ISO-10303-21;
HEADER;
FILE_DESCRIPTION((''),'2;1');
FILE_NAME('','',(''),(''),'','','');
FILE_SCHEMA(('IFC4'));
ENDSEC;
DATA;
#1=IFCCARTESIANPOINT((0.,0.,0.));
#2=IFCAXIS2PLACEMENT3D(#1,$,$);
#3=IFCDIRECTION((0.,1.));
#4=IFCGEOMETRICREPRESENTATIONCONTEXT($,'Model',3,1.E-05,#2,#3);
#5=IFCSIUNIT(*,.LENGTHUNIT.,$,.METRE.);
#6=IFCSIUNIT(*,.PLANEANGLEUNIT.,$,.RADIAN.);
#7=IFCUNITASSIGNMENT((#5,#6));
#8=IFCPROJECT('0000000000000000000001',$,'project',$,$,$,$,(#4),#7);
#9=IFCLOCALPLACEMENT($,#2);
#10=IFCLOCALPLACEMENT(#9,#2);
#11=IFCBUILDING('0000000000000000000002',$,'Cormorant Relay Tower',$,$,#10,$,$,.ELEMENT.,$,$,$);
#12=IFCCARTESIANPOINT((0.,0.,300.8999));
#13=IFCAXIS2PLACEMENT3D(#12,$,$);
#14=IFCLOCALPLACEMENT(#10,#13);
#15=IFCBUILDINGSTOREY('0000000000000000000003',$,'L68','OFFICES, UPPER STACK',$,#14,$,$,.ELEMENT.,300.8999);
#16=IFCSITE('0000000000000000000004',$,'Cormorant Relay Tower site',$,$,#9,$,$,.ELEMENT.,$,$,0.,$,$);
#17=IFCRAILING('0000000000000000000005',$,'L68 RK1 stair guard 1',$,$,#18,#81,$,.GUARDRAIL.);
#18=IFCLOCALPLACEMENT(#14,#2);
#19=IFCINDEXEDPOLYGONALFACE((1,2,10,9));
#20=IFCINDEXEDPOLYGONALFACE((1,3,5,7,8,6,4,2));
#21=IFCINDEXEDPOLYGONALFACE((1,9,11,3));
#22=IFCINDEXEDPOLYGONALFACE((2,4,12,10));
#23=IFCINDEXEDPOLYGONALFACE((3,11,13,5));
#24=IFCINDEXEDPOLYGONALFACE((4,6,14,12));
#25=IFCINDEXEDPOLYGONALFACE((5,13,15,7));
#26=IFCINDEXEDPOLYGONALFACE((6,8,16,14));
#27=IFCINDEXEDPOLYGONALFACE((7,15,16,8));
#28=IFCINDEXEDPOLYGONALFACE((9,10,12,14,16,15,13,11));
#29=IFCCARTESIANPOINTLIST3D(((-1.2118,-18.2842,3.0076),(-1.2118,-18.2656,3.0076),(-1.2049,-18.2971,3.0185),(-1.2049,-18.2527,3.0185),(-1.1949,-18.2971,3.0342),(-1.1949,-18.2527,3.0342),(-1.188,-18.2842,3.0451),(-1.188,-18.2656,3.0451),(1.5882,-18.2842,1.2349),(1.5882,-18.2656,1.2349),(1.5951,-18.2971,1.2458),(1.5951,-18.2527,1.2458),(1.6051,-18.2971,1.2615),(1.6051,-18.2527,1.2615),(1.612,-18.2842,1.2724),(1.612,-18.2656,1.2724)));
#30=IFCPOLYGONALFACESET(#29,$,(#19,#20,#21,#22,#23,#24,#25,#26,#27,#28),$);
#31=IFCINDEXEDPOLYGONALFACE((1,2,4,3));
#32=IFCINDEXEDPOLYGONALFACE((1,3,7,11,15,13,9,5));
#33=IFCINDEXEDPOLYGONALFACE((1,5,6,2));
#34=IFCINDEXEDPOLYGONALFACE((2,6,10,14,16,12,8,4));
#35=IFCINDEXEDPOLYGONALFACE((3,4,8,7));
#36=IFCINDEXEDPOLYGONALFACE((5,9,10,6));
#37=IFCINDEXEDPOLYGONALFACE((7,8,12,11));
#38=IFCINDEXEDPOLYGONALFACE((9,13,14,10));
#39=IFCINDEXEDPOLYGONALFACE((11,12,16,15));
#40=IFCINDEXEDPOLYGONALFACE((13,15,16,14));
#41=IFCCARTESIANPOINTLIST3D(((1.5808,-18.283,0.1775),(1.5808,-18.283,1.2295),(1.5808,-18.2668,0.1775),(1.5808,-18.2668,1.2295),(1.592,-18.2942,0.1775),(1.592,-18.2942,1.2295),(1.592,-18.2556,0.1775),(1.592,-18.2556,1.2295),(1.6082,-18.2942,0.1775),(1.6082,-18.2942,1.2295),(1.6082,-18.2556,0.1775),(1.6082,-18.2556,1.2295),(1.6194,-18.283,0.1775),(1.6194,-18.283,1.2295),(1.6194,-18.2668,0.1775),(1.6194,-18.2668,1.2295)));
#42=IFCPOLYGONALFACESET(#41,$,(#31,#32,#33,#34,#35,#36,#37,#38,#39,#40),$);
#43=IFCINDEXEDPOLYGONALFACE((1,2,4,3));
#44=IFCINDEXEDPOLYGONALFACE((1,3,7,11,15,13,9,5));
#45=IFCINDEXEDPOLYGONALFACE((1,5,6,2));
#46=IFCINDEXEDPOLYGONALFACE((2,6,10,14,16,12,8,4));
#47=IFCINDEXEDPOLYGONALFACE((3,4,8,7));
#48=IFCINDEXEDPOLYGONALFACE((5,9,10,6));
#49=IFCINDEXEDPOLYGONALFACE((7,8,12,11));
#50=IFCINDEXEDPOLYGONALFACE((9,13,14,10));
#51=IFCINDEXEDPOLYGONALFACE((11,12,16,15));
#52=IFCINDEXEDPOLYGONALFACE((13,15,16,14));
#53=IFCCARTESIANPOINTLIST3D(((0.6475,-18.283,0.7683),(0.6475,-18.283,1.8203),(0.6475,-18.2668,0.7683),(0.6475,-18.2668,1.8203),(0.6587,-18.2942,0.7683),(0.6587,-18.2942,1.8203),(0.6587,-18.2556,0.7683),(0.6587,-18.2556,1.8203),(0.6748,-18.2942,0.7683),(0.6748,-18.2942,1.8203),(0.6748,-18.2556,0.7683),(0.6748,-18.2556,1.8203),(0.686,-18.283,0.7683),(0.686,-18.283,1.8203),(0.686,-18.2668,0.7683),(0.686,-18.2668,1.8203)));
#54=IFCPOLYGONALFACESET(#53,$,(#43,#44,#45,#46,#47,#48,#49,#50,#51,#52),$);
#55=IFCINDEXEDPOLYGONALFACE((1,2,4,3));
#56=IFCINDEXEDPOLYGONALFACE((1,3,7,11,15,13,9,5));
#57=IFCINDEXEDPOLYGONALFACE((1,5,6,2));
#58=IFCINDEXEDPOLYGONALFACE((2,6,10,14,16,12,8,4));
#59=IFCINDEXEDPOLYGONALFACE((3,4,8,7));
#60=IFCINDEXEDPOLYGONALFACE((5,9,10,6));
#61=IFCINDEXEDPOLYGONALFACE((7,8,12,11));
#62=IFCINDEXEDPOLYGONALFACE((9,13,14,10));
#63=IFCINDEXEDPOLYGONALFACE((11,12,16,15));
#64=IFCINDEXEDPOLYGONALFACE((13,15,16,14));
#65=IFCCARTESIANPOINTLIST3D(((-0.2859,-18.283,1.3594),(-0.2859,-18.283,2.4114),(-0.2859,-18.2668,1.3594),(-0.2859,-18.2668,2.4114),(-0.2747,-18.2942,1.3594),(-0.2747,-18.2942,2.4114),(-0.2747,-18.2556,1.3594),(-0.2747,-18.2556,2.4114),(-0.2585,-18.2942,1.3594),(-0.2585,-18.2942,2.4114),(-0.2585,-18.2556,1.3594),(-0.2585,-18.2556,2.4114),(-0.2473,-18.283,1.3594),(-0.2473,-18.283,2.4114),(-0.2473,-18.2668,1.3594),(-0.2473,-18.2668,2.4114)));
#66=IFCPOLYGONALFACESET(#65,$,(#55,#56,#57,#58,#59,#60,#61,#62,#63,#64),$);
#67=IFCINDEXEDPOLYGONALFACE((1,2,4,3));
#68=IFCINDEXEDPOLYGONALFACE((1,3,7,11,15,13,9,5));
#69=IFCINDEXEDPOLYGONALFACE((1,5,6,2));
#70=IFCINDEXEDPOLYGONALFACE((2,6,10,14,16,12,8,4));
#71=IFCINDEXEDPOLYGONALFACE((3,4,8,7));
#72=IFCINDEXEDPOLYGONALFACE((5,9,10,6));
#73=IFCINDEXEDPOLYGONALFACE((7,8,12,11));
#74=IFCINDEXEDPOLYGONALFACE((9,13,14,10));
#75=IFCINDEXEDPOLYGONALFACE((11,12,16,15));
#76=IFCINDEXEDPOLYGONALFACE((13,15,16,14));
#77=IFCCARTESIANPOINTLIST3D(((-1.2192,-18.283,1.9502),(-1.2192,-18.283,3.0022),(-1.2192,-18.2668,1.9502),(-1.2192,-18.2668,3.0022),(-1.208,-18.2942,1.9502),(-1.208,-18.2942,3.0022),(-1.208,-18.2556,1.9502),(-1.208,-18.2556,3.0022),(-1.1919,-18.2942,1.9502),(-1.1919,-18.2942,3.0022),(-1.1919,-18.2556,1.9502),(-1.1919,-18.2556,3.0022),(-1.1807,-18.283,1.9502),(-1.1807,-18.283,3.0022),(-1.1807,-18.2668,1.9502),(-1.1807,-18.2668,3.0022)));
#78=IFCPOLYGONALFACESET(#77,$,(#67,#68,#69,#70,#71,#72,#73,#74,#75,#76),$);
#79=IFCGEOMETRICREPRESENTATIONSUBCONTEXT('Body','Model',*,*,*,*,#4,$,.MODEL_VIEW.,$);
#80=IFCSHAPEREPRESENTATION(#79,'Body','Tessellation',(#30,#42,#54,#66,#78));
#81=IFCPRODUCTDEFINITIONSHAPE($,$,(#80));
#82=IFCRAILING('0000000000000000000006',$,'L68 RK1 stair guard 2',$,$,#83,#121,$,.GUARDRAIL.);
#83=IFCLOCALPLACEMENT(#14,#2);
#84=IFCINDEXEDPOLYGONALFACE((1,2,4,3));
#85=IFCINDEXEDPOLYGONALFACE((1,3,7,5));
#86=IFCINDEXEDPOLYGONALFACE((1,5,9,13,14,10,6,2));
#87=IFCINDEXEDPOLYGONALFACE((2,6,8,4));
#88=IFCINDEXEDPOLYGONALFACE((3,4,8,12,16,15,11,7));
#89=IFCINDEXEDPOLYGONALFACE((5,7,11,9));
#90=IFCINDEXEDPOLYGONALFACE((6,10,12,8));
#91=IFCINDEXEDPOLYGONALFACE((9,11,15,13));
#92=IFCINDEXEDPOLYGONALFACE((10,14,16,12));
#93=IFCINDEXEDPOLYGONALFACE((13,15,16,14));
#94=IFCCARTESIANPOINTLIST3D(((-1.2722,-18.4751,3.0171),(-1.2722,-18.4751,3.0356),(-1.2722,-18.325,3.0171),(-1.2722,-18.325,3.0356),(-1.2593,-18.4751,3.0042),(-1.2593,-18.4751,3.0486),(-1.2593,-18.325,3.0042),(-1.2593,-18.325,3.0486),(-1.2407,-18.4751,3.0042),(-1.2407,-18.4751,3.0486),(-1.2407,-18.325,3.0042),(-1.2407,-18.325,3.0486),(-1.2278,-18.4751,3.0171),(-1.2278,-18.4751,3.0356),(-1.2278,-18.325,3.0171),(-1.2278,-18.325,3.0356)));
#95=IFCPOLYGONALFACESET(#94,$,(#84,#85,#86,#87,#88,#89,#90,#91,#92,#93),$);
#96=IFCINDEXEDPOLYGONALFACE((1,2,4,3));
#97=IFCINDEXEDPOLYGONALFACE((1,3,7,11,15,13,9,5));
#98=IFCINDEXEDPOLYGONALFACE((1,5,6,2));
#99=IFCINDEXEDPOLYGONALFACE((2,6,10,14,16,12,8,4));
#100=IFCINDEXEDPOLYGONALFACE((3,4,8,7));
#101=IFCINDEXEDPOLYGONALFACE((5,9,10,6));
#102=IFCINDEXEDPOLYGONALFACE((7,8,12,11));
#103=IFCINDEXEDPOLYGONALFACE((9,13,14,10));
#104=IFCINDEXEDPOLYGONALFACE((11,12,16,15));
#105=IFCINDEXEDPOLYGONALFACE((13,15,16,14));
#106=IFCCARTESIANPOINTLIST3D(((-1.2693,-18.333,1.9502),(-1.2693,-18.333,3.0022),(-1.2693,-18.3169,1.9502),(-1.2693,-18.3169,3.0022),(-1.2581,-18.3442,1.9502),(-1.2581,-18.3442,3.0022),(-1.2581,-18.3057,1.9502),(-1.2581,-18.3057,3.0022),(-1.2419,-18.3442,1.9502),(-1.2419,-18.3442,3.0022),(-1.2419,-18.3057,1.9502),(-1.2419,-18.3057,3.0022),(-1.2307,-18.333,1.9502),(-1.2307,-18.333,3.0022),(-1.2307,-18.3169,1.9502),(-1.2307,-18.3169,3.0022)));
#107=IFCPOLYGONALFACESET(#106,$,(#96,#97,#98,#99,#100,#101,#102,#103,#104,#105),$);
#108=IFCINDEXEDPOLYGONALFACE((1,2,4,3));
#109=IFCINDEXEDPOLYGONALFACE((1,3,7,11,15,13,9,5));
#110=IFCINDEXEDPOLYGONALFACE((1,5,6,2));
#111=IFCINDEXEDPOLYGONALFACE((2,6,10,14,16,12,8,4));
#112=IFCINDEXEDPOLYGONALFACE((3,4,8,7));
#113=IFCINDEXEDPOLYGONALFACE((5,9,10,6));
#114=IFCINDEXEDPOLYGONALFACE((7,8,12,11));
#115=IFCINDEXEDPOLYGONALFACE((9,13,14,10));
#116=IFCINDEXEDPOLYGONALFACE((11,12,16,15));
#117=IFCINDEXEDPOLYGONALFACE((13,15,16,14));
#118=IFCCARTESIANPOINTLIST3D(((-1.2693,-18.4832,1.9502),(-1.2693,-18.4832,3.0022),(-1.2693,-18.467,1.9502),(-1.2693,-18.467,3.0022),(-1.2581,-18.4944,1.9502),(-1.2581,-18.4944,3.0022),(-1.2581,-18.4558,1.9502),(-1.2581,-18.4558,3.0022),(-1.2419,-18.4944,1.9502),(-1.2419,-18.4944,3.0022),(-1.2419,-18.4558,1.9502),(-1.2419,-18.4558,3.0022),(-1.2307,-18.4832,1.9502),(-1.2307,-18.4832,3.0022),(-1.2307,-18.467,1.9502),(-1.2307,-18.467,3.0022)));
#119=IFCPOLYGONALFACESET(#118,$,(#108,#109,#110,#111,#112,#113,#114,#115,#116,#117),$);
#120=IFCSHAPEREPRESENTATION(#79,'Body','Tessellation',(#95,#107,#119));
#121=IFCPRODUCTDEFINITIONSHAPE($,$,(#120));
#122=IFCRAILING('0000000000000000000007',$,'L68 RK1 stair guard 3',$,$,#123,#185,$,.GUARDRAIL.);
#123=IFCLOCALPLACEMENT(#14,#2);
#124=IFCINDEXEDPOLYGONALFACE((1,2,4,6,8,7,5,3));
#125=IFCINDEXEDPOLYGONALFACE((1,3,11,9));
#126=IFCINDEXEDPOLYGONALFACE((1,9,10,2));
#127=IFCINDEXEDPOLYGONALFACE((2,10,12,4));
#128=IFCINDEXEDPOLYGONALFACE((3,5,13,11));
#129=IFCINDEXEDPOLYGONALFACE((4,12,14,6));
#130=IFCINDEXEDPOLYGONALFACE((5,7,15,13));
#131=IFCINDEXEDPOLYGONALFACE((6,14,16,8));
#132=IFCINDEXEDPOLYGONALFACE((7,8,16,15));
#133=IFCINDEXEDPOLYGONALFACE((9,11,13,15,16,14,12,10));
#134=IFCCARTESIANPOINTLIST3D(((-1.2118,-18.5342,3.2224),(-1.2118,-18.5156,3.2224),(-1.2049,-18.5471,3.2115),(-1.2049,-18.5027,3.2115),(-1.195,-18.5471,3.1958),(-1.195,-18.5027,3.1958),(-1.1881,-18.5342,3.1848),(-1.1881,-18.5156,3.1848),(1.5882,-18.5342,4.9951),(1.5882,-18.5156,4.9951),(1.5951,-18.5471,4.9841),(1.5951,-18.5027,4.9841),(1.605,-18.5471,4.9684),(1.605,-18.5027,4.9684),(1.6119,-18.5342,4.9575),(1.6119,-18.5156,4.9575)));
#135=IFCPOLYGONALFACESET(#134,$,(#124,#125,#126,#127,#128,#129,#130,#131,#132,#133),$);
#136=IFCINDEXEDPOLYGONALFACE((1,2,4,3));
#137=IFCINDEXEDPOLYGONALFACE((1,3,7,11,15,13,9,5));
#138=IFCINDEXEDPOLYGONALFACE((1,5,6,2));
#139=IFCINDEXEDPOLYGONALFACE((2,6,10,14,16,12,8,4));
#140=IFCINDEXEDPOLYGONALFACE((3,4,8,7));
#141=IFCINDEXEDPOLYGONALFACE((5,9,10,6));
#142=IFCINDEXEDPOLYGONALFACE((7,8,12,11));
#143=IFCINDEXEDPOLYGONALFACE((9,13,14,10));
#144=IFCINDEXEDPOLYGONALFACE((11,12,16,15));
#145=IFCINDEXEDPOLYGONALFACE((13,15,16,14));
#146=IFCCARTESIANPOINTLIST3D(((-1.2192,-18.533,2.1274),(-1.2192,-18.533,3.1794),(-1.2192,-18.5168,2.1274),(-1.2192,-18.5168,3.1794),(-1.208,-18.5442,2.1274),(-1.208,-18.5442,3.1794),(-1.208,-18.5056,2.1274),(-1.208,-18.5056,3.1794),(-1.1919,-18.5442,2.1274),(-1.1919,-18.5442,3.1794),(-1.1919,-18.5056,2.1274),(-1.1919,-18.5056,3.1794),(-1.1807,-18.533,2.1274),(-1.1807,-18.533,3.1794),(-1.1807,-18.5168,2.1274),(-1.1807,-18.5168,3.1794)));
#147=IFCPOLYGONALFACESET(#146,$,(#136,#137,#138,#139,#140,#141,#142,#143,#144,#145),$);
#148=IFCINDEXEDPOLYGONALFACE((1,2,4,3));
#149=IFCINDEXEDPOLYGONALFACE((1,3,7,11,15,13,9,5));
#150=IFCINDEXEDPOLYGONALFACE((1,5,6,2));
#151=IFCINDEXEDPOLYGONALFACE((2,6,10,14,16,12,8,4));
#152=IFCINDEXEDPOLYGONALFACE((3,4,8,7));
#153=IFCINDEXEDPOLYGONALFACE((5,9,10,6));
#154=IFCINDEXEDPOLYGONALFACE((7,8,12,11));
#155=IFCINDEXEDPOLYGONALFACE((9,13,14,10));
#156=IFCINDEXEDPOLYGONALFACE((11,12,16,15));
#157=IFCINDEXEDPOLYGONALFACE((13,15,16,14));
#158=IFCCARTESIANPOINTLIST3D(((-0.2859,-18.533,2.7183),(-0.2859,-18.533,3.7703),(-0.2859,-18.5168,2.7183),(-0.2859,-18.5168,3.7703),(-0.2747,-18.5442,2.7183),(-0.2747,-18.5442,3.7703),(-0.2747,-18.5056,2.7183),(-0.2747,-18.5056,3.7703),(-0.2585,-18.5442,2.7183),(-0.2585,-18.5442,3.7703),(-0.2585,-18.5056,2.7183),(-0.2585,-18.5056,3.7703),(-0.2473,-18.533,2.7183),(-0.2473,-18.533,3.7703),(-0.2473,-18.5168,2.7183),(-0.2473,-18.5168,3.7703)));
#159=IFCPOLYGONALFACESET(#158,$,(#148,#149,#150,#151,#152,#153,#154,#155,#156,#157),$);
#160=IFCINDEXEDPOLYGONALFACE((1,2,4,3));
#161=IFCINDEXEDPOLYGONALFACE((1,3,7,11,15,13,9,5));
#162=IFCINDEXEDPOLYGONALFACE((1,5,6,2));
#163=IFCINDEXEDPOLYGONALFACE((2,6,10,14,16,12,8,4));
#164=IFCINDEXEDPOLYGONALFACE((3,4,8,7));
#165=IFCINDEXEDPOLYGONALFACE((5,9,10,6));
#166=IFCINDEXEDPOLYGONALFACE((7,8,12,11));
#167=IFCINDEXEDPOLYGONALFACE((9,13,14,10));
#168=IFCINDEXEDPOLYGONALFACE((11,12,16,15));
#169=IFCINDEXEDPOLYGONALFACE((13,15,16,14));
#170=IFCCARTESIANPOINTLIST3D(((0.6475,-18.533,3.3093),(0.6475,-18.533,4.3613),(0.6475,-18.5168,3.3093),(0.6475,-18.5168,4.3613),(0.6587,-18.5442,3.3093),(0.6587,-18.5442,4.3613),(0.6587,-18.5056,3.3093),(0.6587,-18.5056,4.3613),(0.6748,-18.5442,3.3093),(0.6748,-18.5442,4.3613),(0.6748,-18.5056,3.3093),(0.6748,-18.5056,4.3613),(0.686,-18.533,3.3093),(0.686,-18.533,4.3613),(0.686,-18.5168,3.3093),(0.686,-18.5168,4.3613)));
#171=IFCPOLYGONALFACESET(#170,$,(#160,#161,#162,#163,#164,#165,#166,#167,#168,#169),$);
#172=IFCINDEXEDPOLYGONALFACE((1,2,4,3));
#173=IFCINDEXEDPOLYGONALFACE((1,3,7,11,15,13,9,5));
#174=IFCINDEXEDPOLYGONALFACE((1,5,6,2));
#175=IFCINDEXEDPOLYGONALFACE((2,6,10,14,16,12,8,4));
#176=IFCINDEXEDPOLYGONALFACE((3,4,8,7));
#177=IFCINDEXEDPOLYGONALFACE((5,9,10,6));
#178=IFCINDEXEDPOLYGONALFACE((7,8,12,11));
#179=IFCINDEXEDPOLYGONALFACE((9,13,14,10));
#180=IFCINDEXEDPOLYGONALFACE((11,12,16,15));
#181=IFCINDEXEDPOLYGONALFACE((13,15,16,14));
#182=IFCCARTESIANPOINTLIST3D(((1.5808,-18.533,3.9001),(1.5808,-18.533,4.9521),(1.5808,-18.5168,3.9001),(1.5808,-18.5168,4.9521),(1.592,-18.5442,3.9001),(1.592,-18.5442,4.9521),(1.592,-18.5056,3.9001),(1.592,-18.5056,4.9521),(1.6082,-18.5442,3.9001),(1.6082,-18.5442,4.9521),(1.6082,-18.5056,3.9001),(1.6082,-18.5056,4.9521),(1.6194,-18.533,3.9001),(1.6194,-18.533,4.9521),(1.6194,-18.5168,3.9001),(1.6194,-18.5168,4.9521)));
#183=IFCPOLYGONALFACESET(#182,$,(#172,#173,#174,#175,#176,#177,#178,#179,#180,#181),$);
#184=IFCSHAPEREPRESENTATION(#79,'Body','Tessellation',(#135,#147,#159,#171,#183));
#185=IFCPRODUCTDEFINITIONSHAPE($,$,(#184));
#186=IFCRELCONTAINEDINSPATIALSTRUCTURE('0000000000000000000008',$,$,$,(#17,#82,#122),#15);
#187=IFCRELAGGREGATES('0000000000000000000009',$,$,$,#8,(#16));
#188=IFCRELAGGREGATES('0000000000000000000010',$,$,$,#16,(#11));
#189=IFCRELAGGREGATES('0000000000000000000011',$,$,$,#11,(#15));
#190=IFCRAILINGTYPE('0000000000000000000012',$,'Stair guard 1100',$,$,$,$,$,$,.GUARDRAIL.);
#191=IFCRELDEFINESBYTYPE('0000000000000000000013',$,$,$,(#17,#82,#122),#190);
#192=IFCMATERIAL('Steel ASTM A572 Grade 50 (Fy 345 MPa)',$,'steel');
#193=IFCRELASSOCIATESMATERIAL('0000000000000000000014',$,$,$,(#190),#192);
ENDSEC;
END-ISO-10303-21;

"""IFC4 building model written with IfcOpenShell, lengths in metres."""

from ifc_helpers import new_model, si_unit, direction, frame, origin, place, context, subcontext, project, spatial, polyline, outline, extrude, material, type_object, element, save


model = new_model("IFC4")

# Units and contexts
model_context = context("Model", 3, precision=1e-05, world=origin(), true_north=direction((0.0, 1.0)))
body_context = subcontext(model_context, "Body", "Model", "MODEL_VIEW")
ifc_project = project(units=[si_unit("LENGTHUNIT", "METRE"), si_unit("PLANEANGLEUNIT", "RADIAN")], contexts=[model_context])

# Site, building, storey
site_placement = place(None, origin())
site = spatial("IfcSite", under=ifc_project, at=site_placement, Name="Cormorant Relay Tower site", CompositionType="ELEMENT", RefElevation=0.0)
building_placement = place(site_placement, origin())
building = spatial("IfcBuilding", under=site, at=building_placement, Name="Cormorant Relay Tower", CompositionType="ELEMENT")
storey_placement = place(building_placement, frame((0.0, 0.0, 300.8999)))
storey = spatial("IfcBuildingStorey", under=building, at=storey_placement, Name="L68", Description="OFFICES, UPPER STACK", CompositionType="ELEMENT", Elevation=300.8999)

# Railings
ifc_material_1 = material(Name="Steel ASTM A572 Grade 50 (Fy 345 MPa)", Category="steel")
railing_type_1 = type_object("IfcRailingType", Name="Stair guard 1100", PredefinedType="GUARDRAIL", material=ifc_material_1)
railing_1_placement = place(storey_placement, frame((1.6001, -18.2749, 0.1775)))
element("IfcRailing", 1, at=railing_1_placement, inside=storey, type_object=railing_type_1, Name="L68 RK1 stair guard 1", PredefinedType="GUARDRAIL", context=body_context, shape_type="SweptSolid", body=[
    extrude(outline(polyline([(0.0222, 0.0093), (0.0093, 0.0222), (-0.0093, 0.0222), (-0.0222, 0.0093), (-0.0222, -0.0093), (-0.0093, -0.0222), (0.0093, -0.0222), (0.0222, -0.0093), (0.0222, 0.0093)])), frame((0.0, 0.0, 1.0762), z_axis=(-0.844909, 0.0, 0.53491), x_axis=(0.0, -1.0, 0.0)), (0.0, 0.0, 1.0), 3.314),
    extrude(outline(polyline([(0.0193, 0.0081), (0.0081, 0.0193), (-0.0081, 0.0193), (-0.0193, 0.0081), (-0.0193, -0.0081), (-0.0081, -0.0193), (0.0081, -0.0193), (0.0193, -0.0081), (0.0193, 0.0081)])), origin(), (0.0, 0.0, 1.0), 1.052),
    extrude(outline(polyline([(0.0193, 0.0081), (0.0081, 0.0193), (-0.0081, 0.0193), (-0.0193, 0.0081), (-0.0193, -0.0081), (-0.0081, -0.0193), (0.0081, -0.0193), (0.0193, -0.0081), (0.0193, 0.0081)])), frame((-0.9333, 0.0, 0.5908)), (0.0, 0.0, 1.0), 1.052),
    extrude(outline(polyline([(0.0193, 0.0081), (0.0081, 0.0193), (-0.0081, 0.0193), (-0.0193, 0.0081), (-0.0193, -0.0081), (-0.0081, -0.0193), (0.0081, -0.0193), (0.0193, -0.0081), (0.0193, 0.0081)])), frame((-1.8667, 0.0, 1.1819)), (0.0, 0.0, 1.0), 1.052),
    extrude(outline(polyline([(0.0193, 0.0081), (0.0081, 0.0193), (-0.0081, 0.0193), (-0.0193, 0.0081), (-0.0193, -0.0081), (-0.0081, -0.0193), (0.0081, -0.0193), (0.0193, -0.0081), (0.0193, 0.0081)])), frame((-2.8, 0.0, 1.7727)), (0.0, 0.0, 1.0), 1.052),
])
railing_2_placement = place(storey_placement, frame((-1.25, -18.325, 1.9502)))
element("IfcRailing", 2, at=railing_2_placement, inside=storey, type_object=railing_type_1, Name="L68 RK1 stair guard 2", PredefinedType="GUARDRAIL", context=body_context, shape_type="SweptSolid", body=[
    extrude(outline(polyline([(0.0222, 0.0093), (0.0093, 0.0222), (-0.0093, 0.0222), (-0.0222, 0.0093), (-0.0222, -0.0093), (-0.0093, -0.0222), (0.0093, -0.0222), (0.0222, -0.0093), (0.0222, 0.0093)])), frame((0.0, 0.0, 1.0762), z_axis=(0.0, -1.0, 0.0), x_axis=(1.0, 0.0, 0.0)), (0.0, 0.0, 1.0), 0.1501),
    extrude(outline(polyline([(0.0193, 0.0081), (0.0081, 0.0193), (-0.0081, 0.0193), (-0.0193, 0.0081), (-0.0193, -0.0081), (-0.0081, -0.0193), (0.0081, -0.0193), (0.0193, -0.0081), (0.0193, 0.0081)])), origin(), (0.0, 0.0, 1.0), 1.052),
    extrude(outline(polyline([(0.0193, 0.0081), (0.0081, 0.0193), (-0.0081, 0.0193), (-0.0193, 0.0081), (-0.0193, -0.0081), (-0.0081, -0.0193), (0.0081, -0.0193), (0.0193, -0.0081), (0.0193, 0.0081)])), frame((0.0, -0.1501, 0.0)), (0.0, 0.0, 1.0), 1.052),
])
railing_3_placement = place(storey_placement, frame((-1.2, -18.5249, 2.1274)))
element("IfcRailing", 3, at=railing_3_placement, inside=storey, type_object=railing_type_1, Name="L68 RK1 stair guard 3", PredefinedType="GUARDRAIL", context=body_context, shape_type="SweptSolid", body=[
    extrude(outline(polyline([(0.0222, 0.0093), (0.0093, 0.0222), (-0.0093, 0.0222), (-0.0222, 0.0093), (-0.0222, -0.0093), (-0.0093, -0.0222), (0.0093, -0.0222), (0.0222, -0.0093), (0.0222, 0.0093)])), frame((0.0, 0.0, 1.0762), z_axis=(0.844909, 0.0, 0.53491), x_axis=(0.0, 1.0, 0.0)), (0.0, 0.0, 1.0), 3.314),
    extrude(outline(polyline([(0.0193, 0.0081), (0.0081, 0.0193), (-0.0081, 0.0193), (-0.0193, 0.0081), (-0.0193, -0.0081), (-0.0081, -0.0193), (0.0081, -0.0193), (0.0193, -0.0081), (0.0193, 0.0081)])), origin(), (0.0, 0.0, 1.0), 1.052),
    extrude(outline(polyline([(0.0193, 0.0081), (0.0081, 0.0193), (-0.0081, 0.0193), (-0.0193, 0.0081), (-0.0193, -0.0081), (-0.0081, -0.0193), (0.0081, -0.0193), (0.0193, -0.0081), (0.0193, 0.0081)])), frame((0.9333, 0.0, 0.5908)), (0.0, 0.0, 1.0), 1.052),
    extrude(outline(polyline([(0.0193, 0.0081), (0.0081, 0.0193), (-0.0081, 0.0193), (-0.0193, 0.0081), (-0.0193, -0.0081), (-0.0081, -0.0193), (0.0081, -0.0193), (0.0193, -0.0081), (0.0193, 0.0081)])), frame((1.8667, 0.0, 1.1819)), (0.0, 0.0, 1.0), 1.052),
    extrude(outline(polyline([(0.0193, 0.0081), (0.0081, 0.0193), (-0.0081, 0.0193), (-0.0193, 0.0081), (-0.0193, -0.0081), (-0.0081, -0.0193), (0.0081, -0.0193), (0.0193, -0.0081), (0.0193, 0.0081)])), frame((2.8, 0.0, 1.7727)), (0.0, 0.0, 1.0), 1.052),
])

save(model, "model.ifc")
